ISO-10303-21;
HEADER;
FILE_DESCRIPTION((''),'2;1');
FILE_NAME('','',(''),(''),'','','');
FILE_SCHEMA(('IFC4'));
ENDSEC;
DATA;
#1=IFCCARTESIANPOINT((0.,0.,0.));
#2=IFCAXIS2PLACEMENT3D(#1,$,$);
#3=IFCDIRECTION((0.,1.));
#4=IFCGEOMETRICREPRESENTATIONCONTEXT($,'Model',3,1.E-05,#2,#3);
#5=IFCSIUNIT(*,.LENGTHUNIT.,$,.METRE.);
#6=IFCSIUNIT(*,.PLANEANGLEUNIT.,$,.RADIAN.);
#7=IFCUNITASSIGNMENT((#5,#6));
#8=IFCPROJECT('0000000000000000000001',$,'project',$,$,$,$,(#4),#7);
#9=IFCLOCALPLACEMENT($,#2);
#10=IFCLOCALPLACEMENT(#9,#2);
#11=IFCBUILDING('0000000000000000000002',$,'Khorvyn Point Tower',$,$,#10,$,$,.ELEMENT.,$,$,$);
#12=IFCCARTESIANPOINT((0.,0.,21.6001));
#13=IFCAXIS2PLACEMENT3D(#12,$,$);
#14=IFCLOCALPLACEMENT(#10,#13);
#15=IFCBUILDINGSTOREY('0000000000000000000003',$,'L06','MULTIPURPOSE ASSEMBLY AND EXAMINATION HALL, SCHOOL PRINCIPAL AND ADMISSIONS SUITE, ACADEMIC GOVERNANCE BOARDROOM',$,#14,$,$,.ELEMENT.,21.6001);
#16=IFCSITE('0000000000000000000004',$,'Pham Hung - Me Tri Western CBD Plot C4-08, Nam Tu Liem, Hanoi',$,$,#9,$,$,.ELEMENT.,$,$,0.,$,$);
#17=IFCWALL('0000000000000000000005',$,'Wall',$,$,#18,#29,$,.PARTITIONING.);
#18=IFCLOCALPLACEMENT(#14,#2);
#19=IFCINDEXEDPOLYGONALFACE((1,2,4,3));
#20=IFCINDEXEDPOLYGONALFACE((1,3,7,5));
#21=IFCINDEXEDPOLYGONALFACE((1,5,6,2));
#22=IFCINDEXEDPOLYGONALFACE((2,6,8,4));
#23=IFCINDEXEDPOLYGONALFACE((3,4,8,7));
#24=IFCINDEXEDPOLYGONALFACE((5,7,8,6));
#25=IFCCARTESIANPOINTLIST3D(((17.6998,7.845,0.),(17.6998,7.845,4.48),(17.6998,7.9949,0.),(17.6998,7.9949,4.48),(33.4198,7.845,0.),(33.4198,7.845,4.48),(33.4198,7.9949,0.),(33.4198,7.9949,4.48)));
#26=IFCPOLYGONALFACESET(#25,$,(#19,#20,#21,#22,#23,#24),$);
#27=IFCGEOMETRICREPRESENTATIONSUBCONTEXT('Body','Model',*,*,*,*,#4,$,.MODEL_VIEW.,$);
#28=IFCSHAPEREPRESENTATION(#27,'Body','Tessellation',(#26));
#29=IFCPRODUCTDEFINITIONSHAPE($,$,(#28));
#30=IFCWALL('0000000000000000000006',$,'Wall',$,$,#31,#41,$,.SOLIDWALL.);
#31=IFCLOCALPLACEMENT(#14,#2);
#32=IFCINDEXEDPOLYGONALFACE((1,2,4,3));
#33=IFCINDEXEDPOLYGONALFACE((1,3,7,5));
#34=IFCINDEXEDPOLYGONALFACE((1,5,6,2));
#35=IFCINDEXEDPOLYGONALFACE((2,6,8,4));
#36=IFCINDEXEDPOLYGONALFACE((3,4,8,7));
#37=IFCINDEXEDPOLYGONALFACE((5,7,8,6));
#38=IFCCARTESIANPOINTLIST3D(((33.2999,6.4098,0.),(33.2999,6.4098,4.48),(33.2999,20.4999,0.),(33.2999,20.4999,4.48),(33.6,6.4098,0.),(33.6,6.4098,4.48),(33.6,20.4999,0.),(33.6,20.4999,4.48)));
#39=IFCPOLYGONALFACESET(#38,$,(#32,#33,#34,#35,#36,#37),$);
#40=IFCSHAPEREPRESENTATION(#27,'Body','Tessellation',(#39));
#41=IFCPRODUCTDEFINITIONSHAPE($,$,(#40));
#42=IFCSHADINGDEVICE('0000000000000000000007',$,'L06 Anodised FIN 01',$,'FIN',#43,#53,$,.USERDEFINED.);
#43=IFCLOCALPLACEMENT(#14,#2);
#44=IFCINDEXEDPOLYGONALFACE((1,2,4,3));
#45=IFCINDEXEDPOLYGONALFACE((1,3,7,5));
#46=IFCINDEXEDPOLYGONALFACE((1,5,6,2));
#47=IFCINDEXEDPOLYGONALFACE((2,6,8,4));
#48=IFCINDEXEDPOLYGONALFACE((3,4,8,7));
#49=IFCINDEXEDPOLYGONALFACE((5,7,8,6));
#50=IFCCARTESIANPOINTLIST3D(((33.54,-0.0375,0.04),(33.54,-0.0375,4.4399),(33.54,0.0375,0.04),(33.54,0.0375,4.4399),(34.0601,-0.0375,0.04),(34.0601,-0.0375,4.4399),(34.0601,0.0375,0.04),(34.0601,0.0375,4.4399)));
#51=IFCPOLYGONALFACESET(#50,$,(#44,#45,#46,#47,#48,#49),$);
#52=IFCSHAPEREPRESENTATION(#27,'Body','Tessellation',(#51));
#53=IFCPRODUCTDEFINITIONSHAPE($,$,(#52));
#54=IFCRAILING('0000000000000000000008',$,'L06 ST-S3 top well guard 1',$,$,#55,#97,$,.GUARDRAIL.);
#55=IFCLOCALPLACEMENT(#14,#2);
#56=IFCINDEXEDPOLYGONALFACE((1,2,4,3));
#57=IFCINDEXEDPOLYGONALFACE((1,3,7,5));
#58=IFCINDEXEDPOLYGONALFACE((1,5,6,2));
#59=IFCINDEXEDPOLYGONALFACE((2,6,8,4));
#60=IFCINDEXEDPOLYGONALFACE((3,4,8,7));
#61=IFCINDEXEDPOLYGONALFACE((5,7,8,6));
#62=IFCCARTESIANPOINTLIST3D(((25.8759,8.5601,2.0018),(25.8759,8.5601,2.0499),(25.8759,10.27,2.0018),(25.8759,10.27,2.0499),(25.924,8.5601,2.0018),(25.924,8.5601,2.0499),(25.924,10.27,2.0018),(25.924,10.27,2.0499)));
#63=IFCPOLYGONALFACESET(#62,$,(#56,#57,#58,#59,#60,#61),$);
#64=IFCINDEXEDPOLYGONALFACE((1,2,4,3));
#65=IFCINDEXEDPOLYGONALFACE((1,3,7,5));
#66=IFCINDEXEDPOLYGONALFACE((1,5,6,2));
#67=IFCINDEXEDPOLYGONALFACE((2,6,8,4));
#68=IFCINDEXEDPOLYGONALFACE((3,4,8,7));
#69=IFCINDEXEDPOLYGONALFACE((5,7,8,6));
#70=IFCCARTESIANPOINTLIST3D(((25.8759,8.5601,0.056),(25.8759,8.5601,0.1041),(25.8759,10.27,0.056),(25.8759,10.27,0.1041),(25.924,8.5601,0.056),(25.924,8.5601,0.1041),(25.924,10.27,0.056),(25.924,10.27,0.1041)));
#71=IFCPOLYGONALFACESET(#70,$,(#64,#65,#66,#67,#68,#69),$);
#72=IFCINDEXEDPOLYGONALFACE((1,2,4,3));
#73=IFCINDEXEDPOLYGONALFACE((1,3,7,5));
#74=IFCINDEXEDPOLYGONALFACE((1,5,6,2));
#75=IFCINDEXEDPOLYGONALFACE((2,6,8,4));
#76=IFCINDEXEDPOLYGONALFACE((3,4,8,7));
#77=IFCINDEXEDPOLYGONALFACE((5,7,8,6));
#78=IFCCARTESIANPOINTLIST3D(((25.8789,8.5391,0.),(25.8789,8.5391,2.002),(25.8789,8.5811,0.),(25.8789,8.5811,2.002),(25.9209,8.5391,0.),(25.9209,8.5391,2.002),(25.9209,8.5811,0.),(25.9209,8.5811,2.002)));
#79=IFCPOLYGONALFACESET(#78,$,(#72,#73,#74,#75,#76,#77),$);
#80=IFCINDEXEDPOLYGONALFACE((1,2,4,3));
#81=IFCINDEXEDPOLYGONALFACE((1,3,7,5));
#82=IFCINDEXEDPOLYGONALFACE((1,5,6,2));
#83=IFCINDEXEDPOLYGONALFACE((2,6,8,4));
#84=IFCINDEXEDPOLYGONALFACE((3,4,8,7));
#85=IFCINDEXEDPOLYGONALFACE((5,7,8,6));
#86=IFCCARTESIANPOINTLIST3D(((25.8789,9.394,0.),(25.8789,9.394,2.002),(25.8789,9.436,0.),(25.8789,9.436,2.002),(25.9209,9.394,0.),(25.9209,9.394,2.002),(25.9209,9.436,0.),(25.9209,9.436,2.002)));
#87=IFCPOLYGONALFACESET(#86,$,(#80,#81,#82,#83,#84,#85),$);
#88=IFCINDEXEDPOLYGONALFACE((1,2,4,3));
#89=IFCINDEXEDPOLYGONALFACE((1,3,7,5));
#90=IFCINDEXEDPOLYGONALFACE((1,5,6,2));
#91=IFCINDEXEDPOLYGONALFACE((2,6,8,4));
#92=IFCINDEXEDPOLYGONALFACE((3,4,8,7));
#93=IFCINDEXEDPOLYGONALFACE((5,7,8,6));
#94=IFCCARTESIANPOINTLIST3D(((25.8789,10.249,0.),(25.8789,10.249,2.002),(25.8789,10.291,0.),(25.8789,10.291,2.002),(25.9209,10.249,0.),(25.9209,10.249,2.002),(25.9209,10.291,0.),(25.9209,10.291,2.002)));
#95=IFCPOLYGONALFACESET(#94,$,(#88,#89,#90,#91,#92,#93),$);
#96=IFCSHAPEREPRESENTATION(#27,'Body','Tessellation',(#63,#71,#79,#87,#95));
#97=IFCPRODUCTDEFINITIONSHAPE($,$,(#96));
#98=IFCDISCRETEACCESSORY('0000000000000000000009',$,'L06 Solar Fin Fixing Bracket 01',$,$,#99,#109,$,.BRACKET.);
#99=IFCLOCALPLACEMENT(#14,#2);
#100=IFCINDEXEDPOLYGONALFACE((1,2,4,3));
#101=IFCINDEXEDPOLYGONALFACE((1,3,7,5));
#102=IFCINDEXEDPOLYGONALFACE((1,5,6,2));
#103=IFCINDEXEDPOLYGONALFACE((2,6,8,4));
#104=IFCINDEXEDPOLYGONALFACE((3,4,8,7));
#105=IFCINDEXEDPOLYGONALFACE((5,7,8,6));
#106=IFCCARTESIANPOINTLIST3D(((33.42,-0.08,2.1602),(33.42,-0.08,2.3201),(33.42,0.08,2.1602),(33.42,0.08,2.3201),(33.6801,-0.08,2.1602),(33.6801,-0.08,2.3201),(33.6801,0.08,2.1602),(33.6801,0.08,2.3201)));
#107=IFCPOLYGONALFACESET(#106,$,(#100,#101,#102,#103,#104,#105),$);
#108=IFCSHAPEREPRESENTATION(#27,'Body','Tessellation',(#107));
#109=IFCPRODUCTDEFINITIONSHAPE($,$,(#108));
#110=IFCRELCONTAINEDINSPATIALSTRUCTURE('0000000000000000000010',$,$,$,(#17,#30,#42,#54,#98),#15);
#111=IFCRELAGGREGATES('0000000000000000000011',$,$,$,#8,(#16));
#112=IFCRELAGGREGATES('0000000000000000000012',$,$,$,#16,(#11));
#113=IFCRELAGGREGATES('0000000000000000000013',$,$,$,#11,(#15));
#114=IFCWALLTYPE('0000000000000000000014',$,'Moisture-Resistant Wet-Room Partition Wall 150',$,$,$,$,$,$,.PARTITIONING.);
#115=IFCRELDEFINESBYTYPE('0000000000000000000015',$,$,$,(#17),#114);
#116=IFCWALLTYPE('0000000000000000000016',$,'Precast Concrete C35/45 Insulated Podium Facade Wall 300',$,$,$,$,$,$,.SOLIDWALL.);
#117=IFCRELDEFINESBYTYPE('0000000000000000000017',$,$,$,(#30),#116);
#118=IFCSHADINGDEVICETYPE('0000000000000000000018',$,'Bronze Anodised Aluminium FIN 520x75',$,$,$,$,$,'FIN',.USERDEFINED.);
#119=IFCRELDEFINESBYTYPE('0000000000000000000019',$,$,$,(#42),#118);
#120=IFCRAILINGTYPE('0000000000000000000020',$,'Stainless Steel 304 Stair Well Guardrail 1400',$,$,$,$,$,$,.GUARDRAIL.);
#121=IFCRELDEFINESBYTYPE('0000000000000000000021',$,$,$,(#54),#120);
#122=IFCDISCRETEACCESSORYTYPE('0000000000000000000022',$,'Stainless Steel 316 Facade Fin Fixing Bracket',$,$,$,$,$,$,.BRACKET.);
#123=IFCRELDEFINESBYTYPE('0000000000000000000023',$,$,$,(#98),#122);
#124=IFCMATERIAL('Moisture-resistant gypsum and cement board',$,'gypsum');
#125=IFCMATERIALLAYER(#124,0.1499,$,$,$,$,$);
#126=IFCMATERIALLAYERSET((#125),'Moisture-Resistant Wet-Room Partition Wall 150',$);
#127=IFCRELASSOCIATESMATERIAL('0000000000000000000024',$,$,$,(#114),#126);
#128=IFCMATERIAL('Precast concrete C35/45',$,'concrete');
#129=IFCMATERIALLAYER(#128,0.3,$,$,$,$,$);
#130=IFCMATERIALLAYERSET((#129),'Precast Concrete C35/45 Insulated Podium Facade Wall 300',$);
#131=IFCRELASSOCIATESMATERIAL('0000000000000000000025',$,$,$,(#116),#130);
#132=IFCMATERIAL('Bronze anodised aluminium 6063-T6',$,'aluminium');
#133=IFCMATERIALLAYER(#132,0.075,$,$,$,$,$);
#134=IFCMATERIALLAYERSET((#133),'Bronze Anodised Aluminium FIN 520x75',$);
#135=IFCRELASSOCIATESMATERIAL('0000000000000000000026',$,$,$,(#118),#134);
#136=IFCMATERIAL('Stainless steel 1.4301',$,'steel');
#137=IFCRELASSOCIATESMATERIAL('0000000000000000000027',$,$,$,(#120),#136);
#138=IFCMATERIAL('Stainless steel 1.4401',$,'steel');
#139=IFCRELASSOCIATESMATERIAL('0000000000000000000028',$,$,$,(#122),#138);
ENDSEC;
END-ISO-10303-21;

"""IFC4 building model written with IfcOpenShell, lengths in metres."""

from ifc_helpers import new_model, si_unit, direction, frame, frame_2d, origin, origin_2d, place, context, subcontext, project, spatial, rectangle, extrude, material, layer, layer_set, type_object, element, save


model = new_model("IFC4")

# Units and contexts
model_context = context("Model", 3, precision=1e-05, world=origin(), true_north=direction((0.0, 1.0)))
body_context = subcontext(model_context, "Body", "Model", "MODEL_VIEW")
ifc_project = project(units=[si_unit("LENGTHUNIT", "METRE"), si_unit("PLANEANGLEUNIT", "RADIAN")], contexts=[model_context])

# Site, building, storey
site_placement = place(None, origin())
site = spatial("IfcSite", under=ifc_project, at=site_placement, Name="Pham Hung - Me Tri Western CBD Plot C4-08, Nam Tu Liem, Hanoi", CompositionType="ELEMENT", RefElevation=0.0)
building_placement = place(site_placement, origin())
building = spatial("IfcBuilding", under=site, at=building_placement, Name="Khorvyn Point Tower", CompositionType="ELEMENT")
storey_placement = place(building_placement, frame((0.0, 0.0, 21.6001)))
storey = spatial("IfcBuildingStorey", under=building, at=storey_placement, Name="L06", Description="MULTIPURPOSE ASSEMBLY AND EXAMINATION HALL, SCHOOL PRINCIPAL AND ADMISSIONS SUITE, ACADEMIC GOVERNANCE BOARDROOM", CompositionType="ELEMENT", Elevation=21.6001)

# Walls
ifc_material_1 = material(Name="Moisture-resistant gypsum and cement board", Category="gypsum")
ifc_layer_1 = layer(ifc_material_1, 0.1499)
ifc_layer_set_1 = layer_set([ifc_layer_1], Name="Moisture-Resistant Wet-Room Partition Wall 150")
wall_type_1 = type_object("IfcWallType", Name="Moisture-Resistant Wet-Room Partition Wall 150", PredefinedType="PARTITIONING", material=ifc_layer_set_1)
wall_1_placement = place(storey_placement, frame((17.7, 7.9199, 0.0), z_axis=(0.0, 0.0, 1.0), x_axis=(1.0, 0.0, 0.0)))
element("IfcWall", 1, at=wall_1_placement, inside=storey, type_object=wall_type_1, Name="Wall", PredefinedType="PARTITIONING", context=body_context, shape_type="SweptSolid", body=[
    extrude(rectangle(XDim=15.72, YDim=0.1499, at=frame_2d((7.8599, 0.0))), origin(), (0.0, 0.0, 1.0), 4.48),
])
ifc_material_2 = material(Name="Precast concrete C35/45", Category="concrete")
ifc_layer_2 = layer(ifc_material_2, 0.3)
ifc_layer_set_2 = layer_set([ifc_layer_2], Name="Precast Concrete C35/45 Insulated Podium Facade Wall 300")
wall_type_2 = type_object("IfcWallType", Name="Precast Concrete C35/45 Insulated Podium Facade Wall 300", PredefinedType="SOLIDWALL", material=ifc_layer_set_2)
wall_2_placement = place(storey_placement, frame((33.45, 6.4099, 0.0), z_axis=(0.0, 0.0, 1.0), x_axis=(0.0, 1.0, 0.0)))
element("IfcWall", 2, at=wall_2_placement, inside=storey, type_object=wall_type_2, Name="Wall", PredefinedType="SOLIDWALL", context=body_context, shape_type="SweptSolid", body=[
    extrude(rectangle(XDim=14.0901, YDim=0.3, at=frame_2d((7.0449, 0.0))), origin(), (0.0, 0.0, 1.0), 4.48),
])

# Shading device
ifc_material_3 = material(Name="Bronze anodised aluminium 6063-T6", Category="aluminium")
ifc_layer_3 = layer(ifc_material_3, 0.075)
ifc_layer_set_3 = layer_set([ifc_layer_3], Name="Bronze Anodised Aluminium FIN 520x75")
shading_device_type = type_object("IfcShadingDeviceType", Name="Bronze Anodised Aluminium FIN 520x75", ElementType="FIN", PredefinedType="USERDEFINED", material=ifc_layer_set_3)
shading_device_placement = place(storey_placement, frame((33.8, 0.0, 0.04), z_axis=(0.0, 0.0, 1.0), x_axis=(1.0, 0.0, 0.0)))
element("IfcShadingDevice", 3, at=shading_device_placement, inside=storey, type_object=shading_device_type, Name="L06 Anodised FIN 01", ObjectType="FIN", PredefinedType="USERDEFINED", context=body_context, shape_type="SweptSolid", body=[
    extrude(rectangle(XDim=0.52, YDim=0.075, at=origin_2d()), origin(), (0.0, 0.0, 1.0), 4.3999),
])

# Railing
ifc_material_4 = material(Name="Stainless steel 1.4301", Category="steel")
railing_type = type_object("IfcRailingType", Name="Stainless Steel 304 Stair Well Guardrail 1400", PredefinedType="GUARDRAIL", material=ifc_material_4)
railing_placement = place(storey_placement, frame((25.8999, 8.5601, 0.0)))
element("IfcRailing", 4, at=railing_placement, inside=storey, type_object=railing_type, Name="L06 ST-S3 top well guard 1", PredefinedType="GUARDRAIL", context=body_context, shape_type="SweptSolid", body=[
    extrude(rectangle(XDim=0.0481, YDim=0.0481, at=origin_2d()), frame((0.0, 0.0, 2.0259), z_axis=(0.0, 1.0, 0.0), x_axis=(-1.0, 0.0, 0.0)), (0.0, 0.0, 1.0), 1.71),
    extrude(rectangle(XDim=0.0481, YDim=0.0481, at=origin_2d()), frame((0.0, 0.0, 0.0801), z_axis=(0.0, 1.0, 0.0), x_axis=(-1.0, 0.0, 0.0)), (0.0, 0.0, 1.0), 1.71),
    extrude(rectangle(XDim=0.042, YDim=0.042, at=origin_2d()), origin(), (0.0, 0.0, 1.0), 2.002),
    extrude(rectangle(XDim=0.042, YDim=0.042, at=origin_2d()), frame((0.0, 0.855, 0.0)), (0.0, 0.0, 1.0), 2.002),
    extrude(rectangle(XDim=0.042, YDim=0.042, at=origin_2d()), frame((0.0, 1.71, 0.0)), (0.0, 0.0, 1.0), 2.002),
])

# Discrete accessory
ifc_material_5 = material(Name="Stainless steel 1.4401", Category="steel")
discrete_accessory_type = type_object("IfcDiscreteAccessoryType", Name="Stainless Steel 316 Facade Fin Fixing Bracket", PredefinedType="BRACKET", material=ifc_material_5)
discrete_accessory_placement = place(storey_placement, frame((33.55, 0.0, 2.1602), z_axis=(0.0, 0.0, 1.0), x_axis=(0.0, 1.0, 0.0)))
element("IfcDiscreteAccessory", 5, at=discrete_accessory_placement, inside=storey, type_object=discrete_accessory_type, Name="L06 Solar Fin Fixing Bracket 01", PredefinedType="BRACKET", context=body_context, shape_type="SweptSolid", body=[
    extrude(rectangle(XDim=0.1599, YDim=0.26, at=origin_2d()), origin(), (0.0, 0.0, 1.0), 0.1599),
])

save(model, "model.ifc")
